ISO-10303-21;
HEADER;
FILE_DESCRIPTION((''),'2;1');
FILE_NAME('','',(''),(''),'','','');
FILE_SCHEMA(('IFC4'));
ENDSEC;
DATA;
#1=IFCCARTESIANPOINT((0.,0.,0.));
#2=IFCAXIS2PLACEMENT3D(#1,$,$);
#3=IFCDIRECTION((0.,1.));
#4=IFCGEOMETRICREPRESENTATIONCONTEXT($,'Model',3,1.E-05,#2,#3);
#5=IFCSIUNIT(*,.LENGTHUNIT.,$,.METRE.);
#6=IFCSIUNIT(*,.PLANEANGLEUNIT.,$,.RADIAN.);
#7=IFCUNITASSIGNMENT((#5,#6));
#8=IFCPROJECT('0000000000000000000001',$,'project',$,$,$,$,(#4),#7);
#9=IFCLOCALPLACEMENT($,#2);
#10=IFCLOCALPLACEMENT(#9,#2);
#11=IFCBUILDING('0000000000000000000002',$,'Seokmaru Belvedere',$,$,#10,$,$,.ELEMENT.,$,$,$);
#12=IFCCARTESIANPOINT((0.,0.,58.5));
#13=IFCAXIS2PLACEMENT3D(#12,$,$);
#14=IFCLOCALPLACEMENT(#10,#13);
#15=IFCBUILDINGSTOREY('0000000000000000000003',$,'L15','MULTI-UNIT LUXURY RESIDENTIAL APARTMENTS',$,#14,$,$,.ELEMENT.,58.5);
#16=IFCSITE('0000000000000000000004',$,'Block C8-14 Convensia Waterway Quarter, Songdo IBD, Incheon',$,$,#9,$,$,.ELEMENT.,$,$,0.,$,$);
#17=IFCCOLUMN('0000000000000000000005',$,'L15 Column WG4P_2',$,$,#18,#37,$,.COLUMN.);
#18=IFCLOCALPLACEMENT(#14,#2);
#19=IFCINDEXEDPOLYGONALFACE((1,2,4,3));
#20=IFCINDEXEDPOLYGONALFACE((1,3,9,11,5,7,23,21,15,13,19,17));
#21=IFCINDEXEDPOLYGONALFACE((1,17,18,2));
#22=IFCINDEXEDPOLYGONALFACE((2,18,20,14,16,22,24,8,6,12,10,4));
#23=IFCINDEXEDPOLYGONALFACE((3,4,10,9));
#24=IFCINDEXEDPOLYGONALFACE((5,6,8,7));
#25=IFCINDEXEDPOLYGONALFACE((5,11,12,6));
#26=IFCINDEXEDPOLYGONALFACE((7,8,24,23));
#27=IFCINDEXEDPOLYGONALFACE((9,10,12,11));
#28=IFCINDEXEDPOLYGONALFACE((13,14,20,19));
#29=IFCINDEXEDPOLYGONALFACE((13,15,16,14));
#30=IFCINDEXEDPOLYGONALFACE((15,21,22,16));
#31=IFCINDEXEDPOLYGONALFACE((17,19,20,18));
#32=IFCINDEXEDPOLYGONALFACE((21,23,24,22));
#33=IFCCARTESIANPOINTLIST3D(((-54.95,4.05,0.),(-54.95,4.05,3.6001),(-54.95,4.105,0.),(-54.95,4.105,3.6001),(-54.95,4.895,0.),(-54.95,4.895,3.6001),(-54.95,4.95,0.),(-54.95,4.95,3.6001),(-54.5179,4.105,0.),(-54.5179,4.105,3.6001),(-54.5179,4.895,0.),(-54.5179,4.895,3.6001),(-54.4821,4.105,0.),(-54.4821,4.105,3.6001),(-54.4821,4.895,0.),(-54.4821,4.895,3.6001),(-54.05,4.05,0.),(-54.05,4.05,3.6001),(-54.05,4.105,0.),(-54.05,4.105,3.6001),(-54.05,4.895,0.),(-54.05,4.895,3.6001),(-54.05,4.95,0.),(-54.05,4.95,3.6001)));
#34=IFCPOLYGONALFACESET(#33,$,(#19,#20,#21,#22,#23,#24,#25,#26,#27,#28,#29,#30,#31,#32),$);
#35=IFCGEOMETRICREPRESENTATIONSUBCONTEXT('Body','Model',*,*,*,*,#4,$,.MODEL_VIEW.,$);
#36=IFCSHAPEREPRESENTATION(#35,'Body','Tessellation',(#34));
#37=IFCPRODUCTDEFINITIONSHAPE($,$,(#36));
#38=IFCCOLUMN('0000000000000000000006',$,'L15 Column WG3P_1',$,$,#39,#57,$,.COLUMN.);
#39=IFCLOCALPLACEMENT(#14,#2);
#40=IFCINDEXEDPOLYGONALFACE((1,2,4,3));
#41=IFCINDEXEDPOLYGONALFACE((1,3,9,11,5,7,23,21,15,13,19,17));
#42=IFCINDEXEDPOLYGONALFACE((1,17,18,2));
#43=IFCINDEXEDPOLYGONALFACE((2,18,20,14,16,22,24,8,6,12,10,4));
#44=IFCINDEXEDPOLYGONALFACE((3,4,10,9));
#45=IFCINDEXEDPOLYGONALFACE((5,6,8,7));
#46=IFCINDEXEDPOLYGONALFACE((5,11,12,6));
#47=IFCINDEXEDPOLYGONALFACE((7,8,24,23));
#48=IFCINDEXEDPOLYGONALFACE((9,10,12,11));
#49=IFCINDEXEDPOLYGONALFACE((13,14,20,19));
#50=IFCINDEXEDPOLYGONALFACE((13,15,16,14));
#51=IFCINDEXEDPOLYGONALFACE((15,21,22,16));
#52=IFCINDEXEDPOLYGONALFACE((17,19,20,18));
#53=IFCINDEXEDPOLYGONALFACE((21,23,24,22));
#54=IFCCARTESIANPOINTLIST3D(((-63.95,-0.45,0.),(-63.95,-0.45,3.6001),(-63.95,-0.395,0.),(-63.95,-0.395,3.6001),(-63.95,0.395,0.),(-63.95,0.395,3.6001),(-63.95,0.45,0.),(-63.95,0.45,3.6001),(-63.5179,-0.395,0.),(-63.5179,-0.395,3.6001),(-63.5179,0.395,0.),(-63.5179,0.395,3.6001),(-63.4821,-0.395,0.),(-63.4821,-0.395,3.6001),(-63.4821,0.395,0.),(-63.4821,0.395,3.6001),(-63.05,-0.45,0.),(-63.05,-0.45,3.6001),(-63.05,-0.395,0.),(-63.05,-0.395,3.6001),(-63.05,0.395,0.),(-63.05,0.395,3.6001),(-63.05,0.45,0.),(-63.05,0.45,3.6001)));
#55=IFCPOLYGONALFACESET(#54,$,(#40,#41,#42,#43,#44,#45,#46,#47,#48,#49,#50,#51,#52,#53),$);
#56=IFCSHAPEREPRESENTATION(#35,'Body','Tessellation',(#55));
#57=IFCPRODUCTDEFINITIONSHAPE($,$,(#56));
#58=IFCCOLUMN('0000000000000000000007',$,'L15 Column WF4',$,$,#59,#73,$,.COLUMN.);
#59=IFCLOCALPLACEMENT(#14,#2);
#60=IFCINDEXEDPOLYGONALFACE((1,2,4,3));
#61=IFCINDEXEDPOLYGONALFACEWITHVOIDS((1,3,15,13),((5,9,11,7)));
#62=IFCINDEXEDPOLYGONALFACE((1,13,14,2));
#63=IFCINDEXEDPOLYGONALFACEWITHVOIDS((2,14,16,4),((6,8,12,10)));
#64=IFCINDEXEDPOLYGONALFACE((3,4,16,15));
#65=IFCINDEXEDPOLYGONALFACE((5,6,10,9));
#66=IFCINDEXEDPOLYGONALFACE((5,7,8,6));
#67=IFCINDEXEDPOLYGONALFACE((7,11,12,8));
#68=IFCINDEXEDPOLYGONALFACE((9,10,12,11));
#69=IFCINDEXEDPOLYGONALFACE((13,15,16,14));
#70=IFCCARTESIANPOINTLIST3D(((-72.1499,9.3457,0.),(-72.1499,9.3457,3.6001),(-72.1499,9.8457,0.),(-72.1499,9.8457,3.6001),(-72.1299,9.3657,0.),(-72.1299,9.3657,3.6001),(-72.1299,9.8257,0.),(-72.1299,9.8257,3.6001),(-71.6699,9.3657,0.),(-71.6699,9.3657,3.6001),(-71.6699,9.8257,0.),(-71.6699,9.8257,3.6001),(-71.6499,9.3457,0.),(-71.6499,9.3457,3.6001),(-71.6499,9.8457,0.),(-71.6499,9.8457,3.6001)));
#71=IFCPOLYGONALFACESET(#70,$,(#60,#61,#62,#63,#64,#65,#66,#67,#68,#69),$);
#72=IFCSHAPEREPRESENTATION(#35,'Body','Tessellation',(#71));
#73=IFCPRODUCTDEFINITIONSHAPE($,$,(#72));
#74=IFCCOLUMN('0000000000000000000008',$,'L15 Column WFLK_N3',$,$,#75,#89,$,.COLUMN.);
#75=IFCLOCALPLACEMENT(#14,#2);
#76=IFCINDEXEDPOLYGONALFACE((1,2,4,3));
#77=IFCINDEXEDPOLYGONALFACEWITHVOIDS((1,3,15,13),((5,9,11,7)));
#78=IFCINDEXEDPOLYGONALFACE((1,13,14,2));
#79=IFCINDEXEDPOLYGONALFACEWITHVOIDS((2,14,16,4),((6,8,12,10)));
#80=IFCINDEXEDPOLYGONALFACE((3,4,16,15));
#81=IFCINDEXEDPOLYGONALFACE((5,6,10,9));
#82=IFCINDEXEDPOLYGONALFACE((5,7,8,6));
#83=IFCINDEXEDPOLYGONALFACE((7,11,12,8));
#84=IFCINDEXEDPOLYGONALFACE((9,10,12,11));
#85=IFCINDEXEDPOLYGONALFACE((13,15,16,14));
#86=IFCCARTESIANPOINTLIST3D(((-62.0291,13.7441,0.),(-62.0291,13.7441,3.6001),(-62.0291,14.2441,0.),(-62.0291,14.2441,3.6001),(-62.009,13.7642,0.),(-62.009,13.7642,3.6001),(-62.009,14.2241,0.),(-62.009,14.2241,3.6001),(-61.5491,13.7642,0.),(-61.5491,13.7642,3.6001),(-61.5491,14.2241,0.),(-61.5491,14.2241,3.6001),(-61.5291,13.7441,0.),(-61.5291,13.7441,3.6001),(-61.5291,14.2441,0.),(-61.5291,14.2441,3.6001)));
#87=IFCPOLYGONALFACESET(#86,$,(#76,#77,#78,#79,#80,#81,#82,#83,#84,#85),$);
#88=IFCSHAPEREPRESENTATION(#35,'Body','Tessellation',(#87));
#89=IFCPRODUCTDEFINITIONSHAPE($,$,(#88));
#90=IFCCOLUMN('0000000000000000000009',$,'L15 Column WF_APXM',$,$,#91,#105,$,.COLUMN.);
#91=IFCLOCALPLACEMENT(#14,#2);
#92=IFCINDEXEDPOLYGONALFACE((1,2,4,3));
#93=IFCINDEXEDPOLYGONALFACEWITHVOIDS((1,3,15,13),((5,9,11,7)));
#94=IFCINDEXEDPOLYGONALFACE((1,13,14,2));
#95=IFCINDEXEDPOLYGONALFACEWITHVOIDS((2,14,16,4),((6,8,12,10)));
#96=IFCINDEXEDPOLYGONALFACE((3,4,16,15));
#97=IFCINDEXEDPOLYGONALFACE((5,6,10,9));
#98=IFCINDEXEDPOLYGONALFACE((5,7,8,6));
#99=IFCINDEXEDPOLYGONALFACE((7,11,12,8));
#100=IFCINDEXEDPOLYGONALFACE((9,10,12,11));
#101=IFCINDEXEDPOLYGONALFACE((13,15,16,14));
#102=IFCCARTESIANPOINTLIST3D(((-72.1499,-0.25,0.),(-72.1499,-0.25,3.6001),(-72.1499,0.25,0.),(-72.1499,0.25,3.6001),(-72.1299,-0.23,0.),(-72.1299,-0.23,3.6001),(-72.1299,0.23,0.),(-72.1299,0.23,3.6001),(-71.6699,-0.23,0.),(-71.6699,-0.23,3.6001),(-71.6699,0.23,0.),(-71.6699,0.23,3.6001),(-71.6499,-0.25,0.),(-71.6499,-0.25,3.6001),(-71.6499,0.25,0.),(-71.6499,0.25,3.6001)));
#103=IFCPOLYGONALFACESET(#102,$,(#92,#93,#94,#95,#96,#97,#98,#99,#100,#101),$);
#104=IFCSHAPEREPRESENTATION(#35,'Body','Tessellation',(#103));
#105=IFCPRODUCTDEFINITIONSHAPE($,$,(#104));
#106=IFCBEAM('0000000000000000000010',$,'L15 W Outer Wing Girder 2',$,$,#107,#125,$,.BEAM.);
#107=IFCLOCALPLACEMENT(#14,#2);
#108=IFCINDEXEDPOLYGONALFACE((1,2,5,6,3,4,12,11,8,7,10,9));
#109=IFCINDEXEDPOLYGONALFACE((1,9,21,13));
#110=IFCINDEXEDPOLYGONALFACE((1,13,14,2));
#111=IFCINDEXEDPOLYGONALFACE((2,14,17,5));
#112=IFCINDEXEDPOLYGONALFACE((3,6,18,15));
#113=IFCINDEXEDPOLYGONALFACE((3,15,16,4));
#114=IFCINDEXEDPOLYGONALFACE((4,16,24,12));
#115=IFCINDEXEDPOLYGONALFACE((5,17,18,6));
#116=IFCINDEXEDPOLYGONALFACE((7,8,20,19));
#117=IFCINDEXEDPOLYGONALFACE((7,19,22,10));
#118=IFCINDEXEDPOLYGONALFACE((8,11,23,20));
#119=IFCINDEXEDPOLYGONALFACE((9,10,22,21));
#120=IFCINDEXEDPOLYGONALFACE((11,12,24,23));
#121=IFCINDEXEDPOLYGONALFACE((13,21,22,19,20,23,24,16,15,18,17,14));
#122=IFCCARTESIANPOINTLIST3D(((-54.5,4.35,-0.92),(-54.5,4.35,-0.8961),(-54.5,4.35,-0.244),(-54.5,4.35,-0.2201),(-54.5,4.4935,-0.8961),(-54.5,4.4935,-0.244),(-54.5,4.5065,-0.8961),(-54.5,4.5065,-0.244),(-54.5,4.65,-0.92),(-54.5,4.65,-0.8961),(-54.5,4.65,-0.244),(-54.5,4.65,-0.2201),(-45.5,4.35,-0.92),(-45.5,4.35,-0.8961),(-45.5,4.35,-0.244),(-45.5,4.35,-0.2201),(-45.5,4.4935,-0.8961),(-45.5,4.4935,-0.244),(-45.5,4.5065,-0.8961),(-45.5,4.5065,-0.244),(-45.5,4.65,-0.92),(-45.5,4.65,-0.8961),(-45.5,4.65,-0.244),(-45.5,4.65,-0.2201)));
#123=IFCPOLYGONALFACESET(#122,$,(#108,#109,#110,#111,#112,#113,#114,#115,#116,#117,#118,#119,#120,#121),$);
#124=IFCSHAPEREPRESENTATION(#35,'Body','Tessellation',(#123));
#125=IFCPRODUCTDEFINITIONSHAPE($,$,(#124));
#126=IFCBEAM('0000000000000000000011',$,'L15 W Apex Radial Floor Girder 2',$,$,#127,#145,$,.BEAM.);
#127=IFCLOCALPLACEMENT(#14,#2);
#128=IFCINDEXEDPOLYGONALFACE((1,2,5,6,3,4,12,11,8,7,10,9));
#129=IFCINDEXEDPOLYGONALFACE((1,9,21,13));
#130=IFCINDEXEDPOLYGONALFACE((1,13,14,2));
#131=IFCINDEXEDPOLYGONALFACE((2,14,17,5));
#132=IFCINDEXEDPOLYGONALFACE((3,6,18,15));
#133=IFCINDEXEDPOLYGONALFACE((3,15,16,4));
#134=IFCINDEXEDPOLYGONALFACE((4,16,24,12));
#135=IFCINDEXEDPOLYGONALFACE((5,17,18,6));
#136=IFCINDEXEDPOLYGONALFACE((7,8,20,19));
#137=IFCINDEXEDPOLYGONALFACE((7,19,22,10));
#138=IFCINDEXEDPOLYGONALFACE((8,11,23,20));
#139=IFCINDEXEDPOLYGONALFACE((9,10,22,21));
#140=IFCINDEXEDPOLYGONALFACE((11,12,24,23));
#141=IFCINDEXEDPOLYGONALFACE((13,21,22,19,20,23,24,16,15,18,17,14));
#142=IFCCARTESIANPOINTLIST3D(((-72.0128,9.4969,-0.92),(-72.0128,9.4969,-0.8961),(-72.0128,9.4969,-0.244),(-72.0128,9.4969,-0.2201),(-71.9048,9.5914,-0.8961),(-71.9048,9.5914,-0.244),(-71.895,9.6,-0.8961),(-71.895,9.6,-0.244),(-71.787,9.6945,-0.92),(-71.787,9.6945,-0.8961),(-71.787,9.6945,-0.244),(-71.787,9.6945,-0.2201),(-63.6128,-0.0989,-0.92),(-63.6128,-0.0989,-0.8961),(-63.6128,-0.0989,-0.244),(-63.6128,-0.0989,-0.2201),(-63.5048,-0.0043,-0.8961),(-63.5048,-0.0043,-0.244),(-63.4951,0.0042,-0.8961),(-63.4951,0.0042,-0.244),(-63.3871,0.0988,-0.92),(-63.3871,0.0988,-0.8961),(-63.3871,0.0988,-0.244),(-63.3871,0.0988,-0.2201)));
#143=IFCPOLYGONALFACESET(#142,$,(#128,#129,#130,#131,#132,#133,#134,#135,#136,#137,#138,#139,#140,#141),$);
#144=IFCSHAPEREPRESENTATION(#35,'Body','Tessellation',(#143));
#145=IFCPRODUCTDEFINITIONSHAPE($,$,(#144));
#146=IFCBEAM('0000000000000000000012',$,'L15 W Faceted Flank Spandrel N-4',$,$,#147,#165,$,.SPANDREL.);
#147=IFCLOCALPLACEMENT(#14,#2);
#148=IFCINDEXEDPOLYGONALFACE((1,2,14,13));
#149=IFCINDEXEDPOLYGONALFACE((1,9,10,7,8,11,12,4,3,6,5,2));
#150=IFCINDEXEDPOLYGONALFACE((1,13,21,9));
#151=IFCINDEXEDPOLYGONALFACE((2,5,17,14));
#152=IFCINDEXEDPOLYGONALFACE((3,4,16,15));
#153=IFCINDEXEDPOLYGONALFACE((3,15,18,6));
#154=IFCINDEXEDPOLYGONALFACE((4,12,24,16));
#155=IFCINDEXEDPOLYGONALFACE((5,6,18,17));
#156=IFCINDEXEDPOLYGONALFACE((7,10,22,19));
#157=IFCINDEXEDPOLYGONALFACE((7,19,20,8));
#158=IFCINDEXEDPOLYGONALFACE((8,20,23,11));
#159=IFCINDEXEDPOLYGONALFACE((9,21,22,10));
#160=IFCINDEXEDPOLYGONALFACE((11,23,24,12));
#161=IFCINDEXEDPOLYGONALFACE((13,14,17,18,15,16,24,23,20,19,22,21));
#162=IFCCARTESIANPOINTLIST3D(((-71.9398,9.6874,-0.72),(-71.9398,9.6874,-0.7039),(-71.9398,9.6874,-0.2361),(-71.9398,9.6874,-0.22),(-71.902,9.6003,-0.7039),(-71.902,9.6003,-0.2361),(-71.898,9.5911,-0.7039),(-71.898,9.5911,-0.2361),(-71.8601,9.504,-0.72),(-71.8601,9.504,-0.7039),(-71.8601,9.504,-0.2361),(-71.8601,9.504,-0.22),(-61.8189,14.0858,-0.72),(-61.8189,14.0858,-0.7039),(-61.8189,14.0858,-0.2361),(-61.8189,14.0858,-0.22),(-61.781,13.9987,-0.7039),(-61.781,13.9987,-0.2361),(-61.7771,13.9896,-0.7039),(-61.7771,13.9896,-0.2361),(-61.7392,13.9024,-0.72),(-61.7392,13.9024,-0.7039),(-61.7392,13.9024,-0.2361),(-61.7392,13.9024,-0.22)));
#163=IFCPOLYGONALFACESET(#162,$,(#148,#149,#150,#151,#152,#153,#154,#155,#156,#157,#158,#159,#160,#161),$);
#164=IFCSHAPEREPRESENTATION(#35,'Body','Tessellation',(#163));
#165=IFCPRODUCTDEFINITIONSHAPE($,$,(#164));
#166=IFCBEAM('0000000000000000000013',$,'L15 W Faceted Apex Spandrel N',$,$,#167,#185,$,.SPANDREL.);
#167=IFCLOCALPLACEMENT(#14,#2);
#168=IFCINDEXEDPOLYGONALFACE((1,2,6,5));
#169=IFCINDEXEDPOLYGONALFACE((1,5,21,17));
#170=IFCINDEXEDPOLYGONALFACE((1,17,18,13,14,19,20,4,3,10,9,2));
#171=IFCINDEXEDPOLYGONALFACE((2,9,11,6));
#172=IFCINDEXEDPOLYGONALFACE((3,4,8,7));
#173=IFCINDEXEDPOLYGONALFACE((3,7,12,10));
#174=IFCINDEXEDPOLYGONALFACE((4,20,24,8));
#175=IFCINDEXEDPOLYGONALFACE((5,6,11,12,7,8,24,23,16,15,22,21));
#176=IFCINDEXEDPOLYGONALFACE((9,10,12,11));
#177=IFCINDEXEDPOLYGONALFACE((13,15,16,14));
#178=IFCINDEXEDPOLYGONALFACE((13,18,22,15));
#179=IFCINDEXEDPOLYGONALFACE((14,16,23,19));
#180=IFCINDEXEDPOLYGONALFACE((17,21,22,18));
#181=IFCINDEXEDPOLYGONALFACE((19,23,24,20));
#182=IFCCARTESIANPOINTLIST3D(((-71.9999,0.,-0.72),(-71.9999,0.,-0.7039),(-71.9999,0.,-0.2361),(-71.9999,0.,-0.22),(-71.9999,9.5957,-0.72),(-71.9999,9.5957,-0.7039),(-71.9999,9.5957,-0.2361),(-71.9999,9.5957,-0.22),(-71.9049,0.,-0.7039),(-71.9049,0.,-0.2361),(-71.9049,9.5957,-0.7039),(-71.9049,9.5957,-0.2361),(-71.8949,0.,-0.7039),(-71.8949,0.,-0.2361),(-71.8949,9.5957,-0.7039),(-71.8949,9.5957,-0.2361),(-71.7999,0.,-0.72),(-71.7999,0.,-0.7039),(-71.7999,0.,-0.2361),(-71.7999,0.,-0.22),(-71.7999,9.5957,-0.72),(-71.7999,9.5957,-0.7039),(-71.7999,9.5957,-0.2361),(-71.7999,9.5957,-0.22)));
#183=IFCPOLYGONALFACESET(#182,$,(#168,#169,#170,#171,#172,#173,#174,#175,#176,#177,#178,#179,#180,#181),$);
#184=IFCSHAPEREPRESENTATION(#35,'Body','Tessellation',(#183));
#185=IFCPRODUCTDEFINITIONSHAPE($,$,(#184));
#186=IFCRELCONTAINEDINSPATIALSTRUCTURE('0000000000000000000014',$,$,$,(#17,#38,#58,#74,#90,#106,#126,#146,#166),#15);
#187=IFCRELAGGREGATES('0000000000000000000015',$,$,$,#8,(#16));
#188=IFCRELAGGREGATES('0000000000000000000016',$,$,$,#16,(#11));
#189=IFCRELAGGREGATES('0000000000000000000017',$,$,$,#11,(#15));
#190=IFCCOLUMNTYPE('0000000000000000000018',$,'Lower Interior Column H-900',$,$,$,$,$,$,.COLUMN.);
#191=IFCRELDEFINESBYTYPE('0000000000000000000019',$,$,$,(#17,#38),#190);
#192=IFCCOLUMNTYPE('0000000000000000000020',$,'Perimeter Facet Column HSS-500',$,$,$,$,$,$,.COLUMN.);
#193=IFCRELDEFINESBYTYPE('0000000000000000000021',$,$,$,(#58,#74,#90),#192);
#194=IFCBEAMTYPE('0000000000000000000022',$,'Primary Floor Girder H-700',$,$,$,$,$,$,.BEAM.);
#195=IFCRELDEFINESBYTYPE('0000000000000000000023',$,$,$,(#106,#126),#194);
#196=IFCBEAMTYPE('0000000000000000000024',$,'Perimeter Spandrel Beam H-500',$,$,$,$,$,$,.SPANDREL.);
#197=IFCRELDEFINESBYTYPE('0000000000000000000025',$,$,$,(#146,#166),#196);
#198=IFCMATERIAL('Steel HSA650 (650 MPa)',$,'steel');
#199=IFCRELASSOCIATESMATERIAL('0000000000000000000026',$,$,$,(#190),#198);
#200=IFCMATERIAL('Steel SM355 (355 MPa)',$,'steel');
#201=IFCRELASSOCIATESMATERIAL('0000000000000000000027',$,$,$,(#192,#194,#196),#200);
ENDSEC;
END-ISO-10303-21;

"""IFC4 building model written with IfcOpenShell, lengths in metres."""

from ifc_helpers import new_model, si_unit, direction, frame, origin, origin_2d, place, context, subcontext, project, spatial, hollow_rectangle, i_section, extrude, source, transform, mapped, material, material_profile, profile_set, type_object, type_shapes, element, save


model = new_model("IFC4")

# Units and contexts
model_context = context("Model", 3, precision=1e-05, world=origin(), true_north=direction((0.0, 1.0)))
body_context = subcontext(model_context, "Body", "Model", "MODEL_VIEW")
ifc_project = project(units=[si_unit("LENGTHUNIT", "METRE"), si_unit("PLANEANGLEUNIT", "RADIAN")], contexts=[model_context])

# Site, building, storey
site_placement = place(None, origin())
site = spatial("IfcSite", under=ifc_project, at=site_placement, Name="Block C8-14 Convensia Waterway Quarter, Songdo IBD, Incheon", CompositionType="ELEMENT", RefElevation=0.0)
building_placement = place(site_placement, origin())
building = spatial("IfcBuilding", under=site, at=building_placement, Name="Seokmaru Belvedere", CompositionType="ELEMENT")
storey_placement = place(building_placement, frame((0.0, 0.0, 58.5)))
storey = spatial("IfcBuildingStorey", under=building, at=storey_placement, Name="L15", Description="MULTI-UNIT LUXURY RESIDENTIAL APARTMENTS", CompositionType="ELEMENT", Elevation=58.5)

# Columns
ifc_material_1 = material(Name="Steel HSA650 (650 MPa)", Category="steel")
ifc_material_profile_1 = material_profile(ifc_material_1, i_section(OverallWidth=0.8999, OverallDepth=0.8999, WebThickness=0.0359, FlangeThickness=0.0549, at=origin_2d()), Name="H-900x900x36x55")
ifc_profile_set_1 = profile_set([ifc_material_profile_1], Name="Steel HSA650 (650 MPa)")
column_type_1 = type_object("IfcColumnType", Name="Lower Interior Column H-900", PredefinedType="COLUMN", material=ifc_profile_set_1)
shared_shape_1 = source(origin(), body_context, "Body", "SweptSolid", [
    extrude(i_section(OverallWidth=0.8999, OverallDepth=0.8999, WebThickness=0.0359, FlangeThickness=0.0549, at=origin_2d()), origin(), (0.0, 0.0, 1.0), 3.6001),
])
type_shapes(column_type_1, [shared_shape_1])
for number, where, z_axis, x_axis, name in (
    (1, (-54.5, 4.5, 0.0), (0.0, 0.0, 1.0), (1.0, 0.0, 0.0), "L15 Column WG4P_2"),
    (2, (-63.5, 0.0, 0.0), (0.0, 0.0, 1.0), (1.0, 0.0, 0.0), "L15 Column WG3P_1"),
):
    element("IfcColumn", number, at=place(storey_placement, frame(where, z_axis=z_axis, x_axis=x_axis)), inside=storey, type_object=column_type_1, Name=name, PredefinedType="COLUMN", context=body_context, shape_type="MappedRepresentation", body=[
        mapped(shared_shape_1, transform((0.0, 0.0, 0.0), scale=1.0)),
    ])
ifc_material_2 = material(Name="Steel SM355 (355 MPa)", Category="steel")
ifc_material_profile_2 = material_profile(ifc_material_2, hollow_rectangle(XDim=0.5, YDim=0.5, WallThickness=0.02, at=origin_2d()), Name="HSS-500x500x20")
ifc_profile_set_2 = profile_set([ifc_material_profile_2], Name="Steel SM355 (355 MPa)")
column_type_2 = type_object("IfcColumnType", Name="Perimeter Facet Column HSS-500", PredefinedType="COLUMN", material=ifc_profile_set_2)
shared_shape_2 = source(origin(), body_context, "Body", "SweptSolid", [
    extrude(hollow_rectangle(XDim=0.5, YDim=0.5, WallThickness=0.02, at=origin_2d()), origin(), (0.0, 0.0, 1.0), 3.6001),
])
type_shapes(column_type_2, [shared_shape_2])
for number, where, z_axis, x_axis, name in (
    (3, (-71.8999, 9.5957, 0.0), (0.0, 0.0, 1.0), (1.0, 0.0, 0.0), "L15 Column WF4"),
    (4, (-61.7791, 13.9941, 0.0), (0.0, 0.0, 1.0), (1.0, 0.0, 0.0), "L15 Column WFLK_N3"),
    (5, (-71.8999, 0.0, 0.0), (0.0, 0.0, 1.0), (1.0, 0.0, 0.0), "L15 Column WF_APXM"),
):
    element("IfcColumn", number, at=place(storey_placement, frame(where, z_axis=z_axis, x_axis=x_axis)), inside=storey, type_object=column_type_2, Name=name, PredefinedType="COLUMN", context=body_context, shape_type="MappedRepresentation", body=[
        mapped(shared_shape_2, transform((0.0, 0.0, 0.0), scale=1.0)),
    ])

# Beams
ifc_material_profile_3 = material_profile(ifc_material_2, i_section(OverallWidth=0.3, OverallDepth=0.7, WebThickness=0.0129, FlangeThickness=0.0239, at=origin_2d()), Name="H-700x300x13x24")
ifc_profile_set_3 = profile_set([ifc_material_profile_3], Name="Steel SM355 (355 MPa)")
beam_type_1 = type_object("IfcBeamType", Name="Primary Floor Girder H-700", PredefinedType="BEAM", material=ifc_profile_set_3)
shared_shape_3 = source(origin(), body_context, "Body", "SweptSolid", [
    extrude(i_section(OverallWidth=0.3, OverallDepth=0.7, WebThickness=0.0129, FlangeThickness=0.0239, at=origin_2d()), origin(), (0.0, 0.0, 1.0), 9.0),
])
beam_1_placement = place(storey_placement, frame((-54.5, 4.5, -0.5701), z_axis=(1.0, 0.0, 0.0), x_axis=(0.0, 1.0, 0.0)))
element("IfcBeam", 6, at=beam_1_placement, inside=storey, type_object=beam_type_1, Name="L15 W Outer Wing Girder 2", PredefinedType="BEAM", context=body_context, shape_type="MappedRepresentation", body=[
    mapped(shared_shape_3, transform((0.0, 0.0, 0.0), scale=1.0)),
])
shared_shape_4 = source(origin(), body_context, "Body", "SweptSolid", [
    extrude(i_section(OverallWidth=0.3, OverallDepth=0.7, WebThickness=0.0129, FlangeThickness=0.0239, at=origin_2d()), origin(), (0.0, 0.0, 1.0), 12.7529),
])
beam_2_placement = place(storey_placement, frame((-71.8999, 9.5957, -0.5701), z_axis=(0.658667, -0.752434, 0.0), x_axis=(0.752434, 0.658667, 0.0)))
element("IfcBeam", 7, at=beam_2_placement, inside=storey, type_object=beam_type_1, Name="L15 W Apex Radial Floor Girder 2", PredefinedType="BEAM", context=body_context, shape_type="MappedRepresentation", body=[
    mapped(shared_shape_4, transform((0.0, 0.0, 0.0), scale=1.0)),
])
ifc_material_profile_4 = material_profile(ifc_material_2, i_section(OverallWidth=0.2, OverallDepth=0.5, WebThickness=0.01, FlangeThickness=0.0161, at=origin_2d()), Name="H-500x200x10x16")
ifc_profile_set_4 = profile_set([ifc_material_profile_4], Name="Steel SM355 (355 MPa)")
beam_type_2 = type_object("IfcBeamType", Name="Perimeter Spandrel Beam H-500", PredefinedType="SPANDREL", material=ifc_profile_set_4)
shared_shape_5 = source(origin(), body_context, "Body", "SweptSolid", [
    extrude(i_section(OverallWidth=0.2, OverallDepth=0.5, WebThickness=0.01, FlangeThickness=0.0161, at=origin_2d()), origin(), (0.0, 0.0, 1.0), 11.0354),
])
beam_3_placement = place(storey_placement, frame((-61.7791, 13.9941, -0.47), z_axis=(-0.917134, -0.398579, 0.0), x_axis=(0.398579, -0.917134, 0.0)))
element("IfcBeam", 8, at=beam_3_placement, inside=storey, type_object=beam_type_2, Name="L15 W Faceted Flank Spandrel N-4", PredefinedType="SPANDREL", context=body_context, shape_type="MappedRepresentation", body=[
    mapped(shared_shape_5, transform((0.0, 0.0, 0.0), scale=1.0)),
])
shared_shape_6 = source(origin(), body_context, "Body", "SweptSolid", [
    extrude(i_section(OverallWidth=0.2, OverallDepth=0.5, WebThickness=0.01, FlangeThickness=0.0161, at=origin_2d()), origin(), (0.0, 0.0, 1.0), 9.5957),
])
type_shapes(beam_type_2, [shared_shape_5, shared_shape_6])
beam_4_placement = place(storey_placement, frame((-71.8999, 0.0, -0.47), z_axis=(0.0, 1.0, 0.0), x_axis=(-1.0, 0.0, 0.0)))
element("IfcBeam", 9, at=beam_4_placement, inside=storey, type_object=beam_type_2, Name="L15 W Faceted Apex Spandrel N", PredefinedType="SPANDREL", context=body_context, shape_type="MappedRepresentation", body=[
    mapped(shared_shape_6, transform((0.0, 0.0, 0.0), scale=1.0)),
])

save(model, "model.ifc")
